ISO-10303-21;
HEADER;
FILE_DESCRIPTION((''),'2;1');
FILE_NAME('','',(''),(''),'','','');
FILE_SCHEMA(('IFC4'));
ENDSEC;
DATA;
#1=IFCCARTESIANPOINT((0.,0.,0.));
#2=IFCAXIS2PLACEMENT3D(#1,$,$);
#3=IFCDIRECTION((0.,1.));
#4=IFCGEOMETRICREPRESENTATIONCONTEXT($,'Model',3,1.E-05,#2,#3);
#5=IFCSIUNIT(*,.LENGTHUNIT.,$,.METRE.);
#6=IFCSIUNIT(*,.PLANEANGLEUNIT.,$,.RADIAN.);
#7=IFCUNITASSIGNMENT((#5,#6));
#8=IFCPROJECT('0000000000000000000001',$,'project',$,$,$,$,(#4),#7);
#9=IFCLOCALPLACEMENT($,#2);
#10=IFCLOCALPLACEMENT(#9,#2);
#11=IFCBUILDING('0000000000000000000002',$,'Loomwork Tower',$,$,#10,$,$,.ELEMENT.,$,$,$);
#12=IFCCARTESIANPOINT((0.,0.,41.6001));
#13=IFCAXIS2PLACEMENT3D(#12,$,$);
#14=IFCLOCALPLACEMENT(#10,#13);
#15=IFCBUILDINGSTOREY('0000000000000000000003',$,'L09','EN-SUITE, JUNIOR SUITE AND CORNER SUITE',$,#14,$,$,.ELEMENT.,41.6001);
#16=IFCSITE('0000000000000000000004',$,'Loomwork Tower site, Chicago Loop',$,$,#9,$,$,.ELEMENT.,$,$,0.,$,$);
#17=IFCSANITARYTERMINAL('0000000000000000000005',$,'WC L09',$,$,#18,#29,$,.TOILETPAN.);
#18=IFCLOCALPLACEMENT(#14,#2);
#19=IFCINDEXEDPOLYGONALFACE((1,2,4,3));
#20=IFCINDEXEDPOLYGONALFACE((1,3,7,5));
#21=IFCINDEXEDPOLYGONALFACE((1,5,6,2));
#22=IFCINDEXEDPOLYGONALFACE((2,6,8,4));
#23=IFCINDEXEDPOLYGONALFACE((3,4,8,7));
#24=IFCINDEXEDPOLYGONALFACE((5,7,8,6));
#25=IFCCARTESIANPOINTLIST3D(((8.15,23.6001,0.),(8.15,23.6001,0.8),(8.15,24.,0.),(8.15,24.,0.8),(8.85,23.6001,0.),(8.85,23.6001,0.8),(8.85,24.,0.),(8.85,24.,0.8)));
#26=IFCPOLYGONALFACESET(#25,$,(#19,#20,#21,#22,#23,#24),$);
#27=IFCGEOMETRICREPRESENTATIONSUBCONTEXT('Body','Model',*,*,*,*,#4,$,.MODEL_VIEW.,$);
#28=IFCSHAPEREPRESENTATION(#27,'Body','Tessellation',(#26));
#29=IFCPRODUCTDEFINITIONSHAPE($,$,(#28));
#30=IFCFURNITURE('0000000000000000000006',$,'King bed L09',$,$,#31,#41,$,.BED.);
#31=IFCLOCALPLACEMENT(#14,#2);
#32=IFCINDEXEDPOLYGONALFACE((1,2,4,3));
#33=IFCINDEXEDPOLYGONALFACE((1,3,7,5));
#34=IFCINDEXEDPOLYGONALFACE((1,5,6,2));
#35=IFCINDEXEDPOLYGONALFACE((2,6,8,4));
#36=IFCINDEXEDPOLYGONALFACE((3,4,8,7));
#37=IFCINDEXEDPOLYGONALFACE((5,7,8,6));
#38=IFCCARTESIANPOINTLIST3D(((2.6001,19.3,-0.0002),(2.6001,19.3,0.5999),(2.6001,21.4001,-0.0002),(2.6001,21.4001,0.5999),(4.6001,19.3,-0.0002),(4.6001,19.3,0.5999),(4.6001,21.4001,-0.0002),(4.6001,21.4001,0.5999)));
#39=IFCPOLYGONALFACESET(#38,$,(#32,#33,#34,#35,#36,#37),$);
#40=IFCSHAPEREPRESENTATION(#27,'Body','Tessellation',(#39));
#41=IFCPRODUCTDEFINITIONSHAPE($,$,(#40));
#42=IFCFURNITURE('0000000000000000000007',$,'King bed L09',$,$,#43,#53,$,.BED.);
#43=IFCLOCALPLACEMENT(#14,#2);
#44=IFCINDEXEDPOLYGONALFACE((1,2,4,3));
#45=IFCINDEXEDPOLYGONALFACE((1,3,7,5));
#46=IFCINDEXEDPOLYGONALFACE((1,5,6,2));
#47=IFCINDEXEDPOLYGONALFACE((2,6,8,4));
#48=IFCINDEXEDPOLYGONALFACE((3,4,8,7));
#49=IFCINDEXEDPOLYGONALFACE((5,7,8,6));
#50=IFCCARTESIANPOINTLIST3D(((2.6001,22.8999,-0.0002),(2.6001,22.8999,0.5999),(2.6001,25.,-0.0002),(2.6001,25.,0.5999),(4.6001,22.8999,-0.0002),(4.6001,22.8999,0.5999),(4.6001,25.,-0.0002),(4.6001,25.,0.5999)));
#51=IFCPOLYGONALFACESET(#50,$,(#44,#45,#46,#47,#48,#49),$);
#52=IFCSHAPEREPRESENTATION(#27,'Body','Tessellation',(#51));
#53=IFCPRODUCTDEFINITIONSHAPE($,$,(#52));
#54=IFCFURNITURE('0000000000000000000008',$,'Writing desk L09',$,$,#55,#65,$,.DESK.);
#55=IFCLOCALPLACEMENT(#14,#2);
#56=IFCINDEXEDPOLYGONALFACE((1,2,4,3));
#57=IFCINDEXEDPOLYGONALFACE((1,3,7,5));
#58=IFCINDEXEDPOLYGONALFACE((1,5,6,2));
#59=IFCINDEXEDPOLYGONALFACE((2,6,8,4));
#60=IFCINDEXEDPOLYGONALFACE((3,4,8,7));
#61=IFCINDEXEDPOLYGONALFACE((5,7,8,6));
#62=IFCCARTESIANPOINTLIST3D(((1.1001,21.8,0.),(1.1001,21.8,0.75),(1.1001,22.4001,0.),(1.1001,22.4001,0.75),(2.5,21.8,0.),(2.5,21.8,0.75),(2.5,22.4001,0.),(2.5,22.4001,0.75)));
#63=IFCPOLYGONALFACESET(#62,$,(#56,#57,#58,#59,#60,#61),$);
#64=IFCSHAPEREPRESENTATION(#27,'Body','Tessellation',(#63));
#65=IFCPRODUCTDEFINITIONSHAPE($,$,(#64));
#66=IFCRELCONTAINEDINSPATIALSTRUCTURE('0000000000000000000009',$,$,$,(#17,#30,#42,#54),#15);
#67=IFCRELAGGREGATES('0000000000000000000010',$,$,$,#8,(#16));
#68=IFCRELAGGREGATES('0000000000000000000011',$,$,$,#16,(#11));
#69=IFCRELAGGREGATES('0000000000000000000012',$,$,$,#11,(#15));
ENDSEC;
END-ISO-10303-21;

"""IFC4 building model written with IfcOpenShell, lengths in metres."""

from ifc_helpers import new_model, si_unit, direction, frame, origin, origin_2d, place, context, subcontext, project, spatial, rectangle, extrude, element, save


model = new_model("IFC4")

# Units and contexts
model_context = context("Model", 3, precision=1e-05, world=origin(), true_north=direction((0.0, 1.0)))
body_context = subcontext(model_context, "Body", "Model", "MODEL_VIEW")
ifc_project = project(units=[si_unit("LENGTHUNIT", "METRE"), si_unit("PLANEANGLEUNIT", "RADIAN")], contexts=[model_context])

# Site, building, storey
site_placement = place(None, origin())
site = spatial("IfcSite", under=ifc_project, at=site_placement, Name="Loomwork Tower site, Chicago Loop", CompositionType="ELEMENT", RefElevation=0.0)
building_placement = place(site_placement, origin())
building = spatial("IfcBuilding", under=site, at=building_placement, Name="Loomwork Tower", CompositionType="ELEMENT")
storey_placement = place(building_placement, frame((0.0, 0.0, 41.6001)))
storey = spatial("IfcBuildingStorey", under=building, at=storey_placement, Name="L09", Description="EN-SUITE, JUNIOR SUITE AND CORNER SUITE", CompositionType="ELEMENT", Elevation=41.6001)

# Sanitary terminal
sanitary_terminal_1_placement = place(storey_placement, frame((8.5, 23.8, 0.0), z_axis=(0.0, 0.0, 1.0), x_axis=(1.0, 0.0, 0.0)))
element("IfcSanitaryTerminal", 1, at=sanitary_terminal_1_placement, inside=storey, Name="WC L09", PredefinedType="TOILETPAN", context=body_context, shape_type="SweptSolid", body=[
    extrude(rectangle(XDim=0.7, YDim=0.3999, at=origin_2d()), origin(), (0.0, 0.0, 1.0), 0.8),
])

# Furniture
for number, where, z_axis, x_axis, name in (
    (2, (3.6001, 20.3501, -0.0002), (0.0, 0.0, 1.0), (1.0, 0.0, 0.0), "King bed L09"),
    (3, (3.6001, 23.95, -0.0002), (0.0, 0.0, 1.0), (1.0, 0.0, 0.0), "King bed L09"),
):
    element("IfcFurniture", number, at=place(storey_placement, frame(where, z_axis=z_axis, x_axis=x_axis)), inside=storey, Name=name, PredefinedType="BED", context=body_context, shape_type="SweptSolid", body=[
        extrude(rectangle(XDim=2.0, YDim=2.1001, at=origin_2d()), origin(), (0.0, 0.0, 1.0), 0.6001),
    ])
furniture_placement = place(storey_placement, frame((1.8, 22.1001, 0.0), z_axis=(0.0, 0.0, 1.0), x_axis=(1.0, 0.0, 0.0)))
element("IfcFurniture", 4, at=furniture_placement, inside=storey, Name="Writing desk L09", PredefinedType="DESK", context=body_context, shape_type="SweptSolid", body=[
    extrude(rectangle(XDim=1.3999, YDim=0.6001, at=origin_2d()), origin(), (0.0, 0.0, 1.0), 0.75),
])

save(model, "model.ifc")
